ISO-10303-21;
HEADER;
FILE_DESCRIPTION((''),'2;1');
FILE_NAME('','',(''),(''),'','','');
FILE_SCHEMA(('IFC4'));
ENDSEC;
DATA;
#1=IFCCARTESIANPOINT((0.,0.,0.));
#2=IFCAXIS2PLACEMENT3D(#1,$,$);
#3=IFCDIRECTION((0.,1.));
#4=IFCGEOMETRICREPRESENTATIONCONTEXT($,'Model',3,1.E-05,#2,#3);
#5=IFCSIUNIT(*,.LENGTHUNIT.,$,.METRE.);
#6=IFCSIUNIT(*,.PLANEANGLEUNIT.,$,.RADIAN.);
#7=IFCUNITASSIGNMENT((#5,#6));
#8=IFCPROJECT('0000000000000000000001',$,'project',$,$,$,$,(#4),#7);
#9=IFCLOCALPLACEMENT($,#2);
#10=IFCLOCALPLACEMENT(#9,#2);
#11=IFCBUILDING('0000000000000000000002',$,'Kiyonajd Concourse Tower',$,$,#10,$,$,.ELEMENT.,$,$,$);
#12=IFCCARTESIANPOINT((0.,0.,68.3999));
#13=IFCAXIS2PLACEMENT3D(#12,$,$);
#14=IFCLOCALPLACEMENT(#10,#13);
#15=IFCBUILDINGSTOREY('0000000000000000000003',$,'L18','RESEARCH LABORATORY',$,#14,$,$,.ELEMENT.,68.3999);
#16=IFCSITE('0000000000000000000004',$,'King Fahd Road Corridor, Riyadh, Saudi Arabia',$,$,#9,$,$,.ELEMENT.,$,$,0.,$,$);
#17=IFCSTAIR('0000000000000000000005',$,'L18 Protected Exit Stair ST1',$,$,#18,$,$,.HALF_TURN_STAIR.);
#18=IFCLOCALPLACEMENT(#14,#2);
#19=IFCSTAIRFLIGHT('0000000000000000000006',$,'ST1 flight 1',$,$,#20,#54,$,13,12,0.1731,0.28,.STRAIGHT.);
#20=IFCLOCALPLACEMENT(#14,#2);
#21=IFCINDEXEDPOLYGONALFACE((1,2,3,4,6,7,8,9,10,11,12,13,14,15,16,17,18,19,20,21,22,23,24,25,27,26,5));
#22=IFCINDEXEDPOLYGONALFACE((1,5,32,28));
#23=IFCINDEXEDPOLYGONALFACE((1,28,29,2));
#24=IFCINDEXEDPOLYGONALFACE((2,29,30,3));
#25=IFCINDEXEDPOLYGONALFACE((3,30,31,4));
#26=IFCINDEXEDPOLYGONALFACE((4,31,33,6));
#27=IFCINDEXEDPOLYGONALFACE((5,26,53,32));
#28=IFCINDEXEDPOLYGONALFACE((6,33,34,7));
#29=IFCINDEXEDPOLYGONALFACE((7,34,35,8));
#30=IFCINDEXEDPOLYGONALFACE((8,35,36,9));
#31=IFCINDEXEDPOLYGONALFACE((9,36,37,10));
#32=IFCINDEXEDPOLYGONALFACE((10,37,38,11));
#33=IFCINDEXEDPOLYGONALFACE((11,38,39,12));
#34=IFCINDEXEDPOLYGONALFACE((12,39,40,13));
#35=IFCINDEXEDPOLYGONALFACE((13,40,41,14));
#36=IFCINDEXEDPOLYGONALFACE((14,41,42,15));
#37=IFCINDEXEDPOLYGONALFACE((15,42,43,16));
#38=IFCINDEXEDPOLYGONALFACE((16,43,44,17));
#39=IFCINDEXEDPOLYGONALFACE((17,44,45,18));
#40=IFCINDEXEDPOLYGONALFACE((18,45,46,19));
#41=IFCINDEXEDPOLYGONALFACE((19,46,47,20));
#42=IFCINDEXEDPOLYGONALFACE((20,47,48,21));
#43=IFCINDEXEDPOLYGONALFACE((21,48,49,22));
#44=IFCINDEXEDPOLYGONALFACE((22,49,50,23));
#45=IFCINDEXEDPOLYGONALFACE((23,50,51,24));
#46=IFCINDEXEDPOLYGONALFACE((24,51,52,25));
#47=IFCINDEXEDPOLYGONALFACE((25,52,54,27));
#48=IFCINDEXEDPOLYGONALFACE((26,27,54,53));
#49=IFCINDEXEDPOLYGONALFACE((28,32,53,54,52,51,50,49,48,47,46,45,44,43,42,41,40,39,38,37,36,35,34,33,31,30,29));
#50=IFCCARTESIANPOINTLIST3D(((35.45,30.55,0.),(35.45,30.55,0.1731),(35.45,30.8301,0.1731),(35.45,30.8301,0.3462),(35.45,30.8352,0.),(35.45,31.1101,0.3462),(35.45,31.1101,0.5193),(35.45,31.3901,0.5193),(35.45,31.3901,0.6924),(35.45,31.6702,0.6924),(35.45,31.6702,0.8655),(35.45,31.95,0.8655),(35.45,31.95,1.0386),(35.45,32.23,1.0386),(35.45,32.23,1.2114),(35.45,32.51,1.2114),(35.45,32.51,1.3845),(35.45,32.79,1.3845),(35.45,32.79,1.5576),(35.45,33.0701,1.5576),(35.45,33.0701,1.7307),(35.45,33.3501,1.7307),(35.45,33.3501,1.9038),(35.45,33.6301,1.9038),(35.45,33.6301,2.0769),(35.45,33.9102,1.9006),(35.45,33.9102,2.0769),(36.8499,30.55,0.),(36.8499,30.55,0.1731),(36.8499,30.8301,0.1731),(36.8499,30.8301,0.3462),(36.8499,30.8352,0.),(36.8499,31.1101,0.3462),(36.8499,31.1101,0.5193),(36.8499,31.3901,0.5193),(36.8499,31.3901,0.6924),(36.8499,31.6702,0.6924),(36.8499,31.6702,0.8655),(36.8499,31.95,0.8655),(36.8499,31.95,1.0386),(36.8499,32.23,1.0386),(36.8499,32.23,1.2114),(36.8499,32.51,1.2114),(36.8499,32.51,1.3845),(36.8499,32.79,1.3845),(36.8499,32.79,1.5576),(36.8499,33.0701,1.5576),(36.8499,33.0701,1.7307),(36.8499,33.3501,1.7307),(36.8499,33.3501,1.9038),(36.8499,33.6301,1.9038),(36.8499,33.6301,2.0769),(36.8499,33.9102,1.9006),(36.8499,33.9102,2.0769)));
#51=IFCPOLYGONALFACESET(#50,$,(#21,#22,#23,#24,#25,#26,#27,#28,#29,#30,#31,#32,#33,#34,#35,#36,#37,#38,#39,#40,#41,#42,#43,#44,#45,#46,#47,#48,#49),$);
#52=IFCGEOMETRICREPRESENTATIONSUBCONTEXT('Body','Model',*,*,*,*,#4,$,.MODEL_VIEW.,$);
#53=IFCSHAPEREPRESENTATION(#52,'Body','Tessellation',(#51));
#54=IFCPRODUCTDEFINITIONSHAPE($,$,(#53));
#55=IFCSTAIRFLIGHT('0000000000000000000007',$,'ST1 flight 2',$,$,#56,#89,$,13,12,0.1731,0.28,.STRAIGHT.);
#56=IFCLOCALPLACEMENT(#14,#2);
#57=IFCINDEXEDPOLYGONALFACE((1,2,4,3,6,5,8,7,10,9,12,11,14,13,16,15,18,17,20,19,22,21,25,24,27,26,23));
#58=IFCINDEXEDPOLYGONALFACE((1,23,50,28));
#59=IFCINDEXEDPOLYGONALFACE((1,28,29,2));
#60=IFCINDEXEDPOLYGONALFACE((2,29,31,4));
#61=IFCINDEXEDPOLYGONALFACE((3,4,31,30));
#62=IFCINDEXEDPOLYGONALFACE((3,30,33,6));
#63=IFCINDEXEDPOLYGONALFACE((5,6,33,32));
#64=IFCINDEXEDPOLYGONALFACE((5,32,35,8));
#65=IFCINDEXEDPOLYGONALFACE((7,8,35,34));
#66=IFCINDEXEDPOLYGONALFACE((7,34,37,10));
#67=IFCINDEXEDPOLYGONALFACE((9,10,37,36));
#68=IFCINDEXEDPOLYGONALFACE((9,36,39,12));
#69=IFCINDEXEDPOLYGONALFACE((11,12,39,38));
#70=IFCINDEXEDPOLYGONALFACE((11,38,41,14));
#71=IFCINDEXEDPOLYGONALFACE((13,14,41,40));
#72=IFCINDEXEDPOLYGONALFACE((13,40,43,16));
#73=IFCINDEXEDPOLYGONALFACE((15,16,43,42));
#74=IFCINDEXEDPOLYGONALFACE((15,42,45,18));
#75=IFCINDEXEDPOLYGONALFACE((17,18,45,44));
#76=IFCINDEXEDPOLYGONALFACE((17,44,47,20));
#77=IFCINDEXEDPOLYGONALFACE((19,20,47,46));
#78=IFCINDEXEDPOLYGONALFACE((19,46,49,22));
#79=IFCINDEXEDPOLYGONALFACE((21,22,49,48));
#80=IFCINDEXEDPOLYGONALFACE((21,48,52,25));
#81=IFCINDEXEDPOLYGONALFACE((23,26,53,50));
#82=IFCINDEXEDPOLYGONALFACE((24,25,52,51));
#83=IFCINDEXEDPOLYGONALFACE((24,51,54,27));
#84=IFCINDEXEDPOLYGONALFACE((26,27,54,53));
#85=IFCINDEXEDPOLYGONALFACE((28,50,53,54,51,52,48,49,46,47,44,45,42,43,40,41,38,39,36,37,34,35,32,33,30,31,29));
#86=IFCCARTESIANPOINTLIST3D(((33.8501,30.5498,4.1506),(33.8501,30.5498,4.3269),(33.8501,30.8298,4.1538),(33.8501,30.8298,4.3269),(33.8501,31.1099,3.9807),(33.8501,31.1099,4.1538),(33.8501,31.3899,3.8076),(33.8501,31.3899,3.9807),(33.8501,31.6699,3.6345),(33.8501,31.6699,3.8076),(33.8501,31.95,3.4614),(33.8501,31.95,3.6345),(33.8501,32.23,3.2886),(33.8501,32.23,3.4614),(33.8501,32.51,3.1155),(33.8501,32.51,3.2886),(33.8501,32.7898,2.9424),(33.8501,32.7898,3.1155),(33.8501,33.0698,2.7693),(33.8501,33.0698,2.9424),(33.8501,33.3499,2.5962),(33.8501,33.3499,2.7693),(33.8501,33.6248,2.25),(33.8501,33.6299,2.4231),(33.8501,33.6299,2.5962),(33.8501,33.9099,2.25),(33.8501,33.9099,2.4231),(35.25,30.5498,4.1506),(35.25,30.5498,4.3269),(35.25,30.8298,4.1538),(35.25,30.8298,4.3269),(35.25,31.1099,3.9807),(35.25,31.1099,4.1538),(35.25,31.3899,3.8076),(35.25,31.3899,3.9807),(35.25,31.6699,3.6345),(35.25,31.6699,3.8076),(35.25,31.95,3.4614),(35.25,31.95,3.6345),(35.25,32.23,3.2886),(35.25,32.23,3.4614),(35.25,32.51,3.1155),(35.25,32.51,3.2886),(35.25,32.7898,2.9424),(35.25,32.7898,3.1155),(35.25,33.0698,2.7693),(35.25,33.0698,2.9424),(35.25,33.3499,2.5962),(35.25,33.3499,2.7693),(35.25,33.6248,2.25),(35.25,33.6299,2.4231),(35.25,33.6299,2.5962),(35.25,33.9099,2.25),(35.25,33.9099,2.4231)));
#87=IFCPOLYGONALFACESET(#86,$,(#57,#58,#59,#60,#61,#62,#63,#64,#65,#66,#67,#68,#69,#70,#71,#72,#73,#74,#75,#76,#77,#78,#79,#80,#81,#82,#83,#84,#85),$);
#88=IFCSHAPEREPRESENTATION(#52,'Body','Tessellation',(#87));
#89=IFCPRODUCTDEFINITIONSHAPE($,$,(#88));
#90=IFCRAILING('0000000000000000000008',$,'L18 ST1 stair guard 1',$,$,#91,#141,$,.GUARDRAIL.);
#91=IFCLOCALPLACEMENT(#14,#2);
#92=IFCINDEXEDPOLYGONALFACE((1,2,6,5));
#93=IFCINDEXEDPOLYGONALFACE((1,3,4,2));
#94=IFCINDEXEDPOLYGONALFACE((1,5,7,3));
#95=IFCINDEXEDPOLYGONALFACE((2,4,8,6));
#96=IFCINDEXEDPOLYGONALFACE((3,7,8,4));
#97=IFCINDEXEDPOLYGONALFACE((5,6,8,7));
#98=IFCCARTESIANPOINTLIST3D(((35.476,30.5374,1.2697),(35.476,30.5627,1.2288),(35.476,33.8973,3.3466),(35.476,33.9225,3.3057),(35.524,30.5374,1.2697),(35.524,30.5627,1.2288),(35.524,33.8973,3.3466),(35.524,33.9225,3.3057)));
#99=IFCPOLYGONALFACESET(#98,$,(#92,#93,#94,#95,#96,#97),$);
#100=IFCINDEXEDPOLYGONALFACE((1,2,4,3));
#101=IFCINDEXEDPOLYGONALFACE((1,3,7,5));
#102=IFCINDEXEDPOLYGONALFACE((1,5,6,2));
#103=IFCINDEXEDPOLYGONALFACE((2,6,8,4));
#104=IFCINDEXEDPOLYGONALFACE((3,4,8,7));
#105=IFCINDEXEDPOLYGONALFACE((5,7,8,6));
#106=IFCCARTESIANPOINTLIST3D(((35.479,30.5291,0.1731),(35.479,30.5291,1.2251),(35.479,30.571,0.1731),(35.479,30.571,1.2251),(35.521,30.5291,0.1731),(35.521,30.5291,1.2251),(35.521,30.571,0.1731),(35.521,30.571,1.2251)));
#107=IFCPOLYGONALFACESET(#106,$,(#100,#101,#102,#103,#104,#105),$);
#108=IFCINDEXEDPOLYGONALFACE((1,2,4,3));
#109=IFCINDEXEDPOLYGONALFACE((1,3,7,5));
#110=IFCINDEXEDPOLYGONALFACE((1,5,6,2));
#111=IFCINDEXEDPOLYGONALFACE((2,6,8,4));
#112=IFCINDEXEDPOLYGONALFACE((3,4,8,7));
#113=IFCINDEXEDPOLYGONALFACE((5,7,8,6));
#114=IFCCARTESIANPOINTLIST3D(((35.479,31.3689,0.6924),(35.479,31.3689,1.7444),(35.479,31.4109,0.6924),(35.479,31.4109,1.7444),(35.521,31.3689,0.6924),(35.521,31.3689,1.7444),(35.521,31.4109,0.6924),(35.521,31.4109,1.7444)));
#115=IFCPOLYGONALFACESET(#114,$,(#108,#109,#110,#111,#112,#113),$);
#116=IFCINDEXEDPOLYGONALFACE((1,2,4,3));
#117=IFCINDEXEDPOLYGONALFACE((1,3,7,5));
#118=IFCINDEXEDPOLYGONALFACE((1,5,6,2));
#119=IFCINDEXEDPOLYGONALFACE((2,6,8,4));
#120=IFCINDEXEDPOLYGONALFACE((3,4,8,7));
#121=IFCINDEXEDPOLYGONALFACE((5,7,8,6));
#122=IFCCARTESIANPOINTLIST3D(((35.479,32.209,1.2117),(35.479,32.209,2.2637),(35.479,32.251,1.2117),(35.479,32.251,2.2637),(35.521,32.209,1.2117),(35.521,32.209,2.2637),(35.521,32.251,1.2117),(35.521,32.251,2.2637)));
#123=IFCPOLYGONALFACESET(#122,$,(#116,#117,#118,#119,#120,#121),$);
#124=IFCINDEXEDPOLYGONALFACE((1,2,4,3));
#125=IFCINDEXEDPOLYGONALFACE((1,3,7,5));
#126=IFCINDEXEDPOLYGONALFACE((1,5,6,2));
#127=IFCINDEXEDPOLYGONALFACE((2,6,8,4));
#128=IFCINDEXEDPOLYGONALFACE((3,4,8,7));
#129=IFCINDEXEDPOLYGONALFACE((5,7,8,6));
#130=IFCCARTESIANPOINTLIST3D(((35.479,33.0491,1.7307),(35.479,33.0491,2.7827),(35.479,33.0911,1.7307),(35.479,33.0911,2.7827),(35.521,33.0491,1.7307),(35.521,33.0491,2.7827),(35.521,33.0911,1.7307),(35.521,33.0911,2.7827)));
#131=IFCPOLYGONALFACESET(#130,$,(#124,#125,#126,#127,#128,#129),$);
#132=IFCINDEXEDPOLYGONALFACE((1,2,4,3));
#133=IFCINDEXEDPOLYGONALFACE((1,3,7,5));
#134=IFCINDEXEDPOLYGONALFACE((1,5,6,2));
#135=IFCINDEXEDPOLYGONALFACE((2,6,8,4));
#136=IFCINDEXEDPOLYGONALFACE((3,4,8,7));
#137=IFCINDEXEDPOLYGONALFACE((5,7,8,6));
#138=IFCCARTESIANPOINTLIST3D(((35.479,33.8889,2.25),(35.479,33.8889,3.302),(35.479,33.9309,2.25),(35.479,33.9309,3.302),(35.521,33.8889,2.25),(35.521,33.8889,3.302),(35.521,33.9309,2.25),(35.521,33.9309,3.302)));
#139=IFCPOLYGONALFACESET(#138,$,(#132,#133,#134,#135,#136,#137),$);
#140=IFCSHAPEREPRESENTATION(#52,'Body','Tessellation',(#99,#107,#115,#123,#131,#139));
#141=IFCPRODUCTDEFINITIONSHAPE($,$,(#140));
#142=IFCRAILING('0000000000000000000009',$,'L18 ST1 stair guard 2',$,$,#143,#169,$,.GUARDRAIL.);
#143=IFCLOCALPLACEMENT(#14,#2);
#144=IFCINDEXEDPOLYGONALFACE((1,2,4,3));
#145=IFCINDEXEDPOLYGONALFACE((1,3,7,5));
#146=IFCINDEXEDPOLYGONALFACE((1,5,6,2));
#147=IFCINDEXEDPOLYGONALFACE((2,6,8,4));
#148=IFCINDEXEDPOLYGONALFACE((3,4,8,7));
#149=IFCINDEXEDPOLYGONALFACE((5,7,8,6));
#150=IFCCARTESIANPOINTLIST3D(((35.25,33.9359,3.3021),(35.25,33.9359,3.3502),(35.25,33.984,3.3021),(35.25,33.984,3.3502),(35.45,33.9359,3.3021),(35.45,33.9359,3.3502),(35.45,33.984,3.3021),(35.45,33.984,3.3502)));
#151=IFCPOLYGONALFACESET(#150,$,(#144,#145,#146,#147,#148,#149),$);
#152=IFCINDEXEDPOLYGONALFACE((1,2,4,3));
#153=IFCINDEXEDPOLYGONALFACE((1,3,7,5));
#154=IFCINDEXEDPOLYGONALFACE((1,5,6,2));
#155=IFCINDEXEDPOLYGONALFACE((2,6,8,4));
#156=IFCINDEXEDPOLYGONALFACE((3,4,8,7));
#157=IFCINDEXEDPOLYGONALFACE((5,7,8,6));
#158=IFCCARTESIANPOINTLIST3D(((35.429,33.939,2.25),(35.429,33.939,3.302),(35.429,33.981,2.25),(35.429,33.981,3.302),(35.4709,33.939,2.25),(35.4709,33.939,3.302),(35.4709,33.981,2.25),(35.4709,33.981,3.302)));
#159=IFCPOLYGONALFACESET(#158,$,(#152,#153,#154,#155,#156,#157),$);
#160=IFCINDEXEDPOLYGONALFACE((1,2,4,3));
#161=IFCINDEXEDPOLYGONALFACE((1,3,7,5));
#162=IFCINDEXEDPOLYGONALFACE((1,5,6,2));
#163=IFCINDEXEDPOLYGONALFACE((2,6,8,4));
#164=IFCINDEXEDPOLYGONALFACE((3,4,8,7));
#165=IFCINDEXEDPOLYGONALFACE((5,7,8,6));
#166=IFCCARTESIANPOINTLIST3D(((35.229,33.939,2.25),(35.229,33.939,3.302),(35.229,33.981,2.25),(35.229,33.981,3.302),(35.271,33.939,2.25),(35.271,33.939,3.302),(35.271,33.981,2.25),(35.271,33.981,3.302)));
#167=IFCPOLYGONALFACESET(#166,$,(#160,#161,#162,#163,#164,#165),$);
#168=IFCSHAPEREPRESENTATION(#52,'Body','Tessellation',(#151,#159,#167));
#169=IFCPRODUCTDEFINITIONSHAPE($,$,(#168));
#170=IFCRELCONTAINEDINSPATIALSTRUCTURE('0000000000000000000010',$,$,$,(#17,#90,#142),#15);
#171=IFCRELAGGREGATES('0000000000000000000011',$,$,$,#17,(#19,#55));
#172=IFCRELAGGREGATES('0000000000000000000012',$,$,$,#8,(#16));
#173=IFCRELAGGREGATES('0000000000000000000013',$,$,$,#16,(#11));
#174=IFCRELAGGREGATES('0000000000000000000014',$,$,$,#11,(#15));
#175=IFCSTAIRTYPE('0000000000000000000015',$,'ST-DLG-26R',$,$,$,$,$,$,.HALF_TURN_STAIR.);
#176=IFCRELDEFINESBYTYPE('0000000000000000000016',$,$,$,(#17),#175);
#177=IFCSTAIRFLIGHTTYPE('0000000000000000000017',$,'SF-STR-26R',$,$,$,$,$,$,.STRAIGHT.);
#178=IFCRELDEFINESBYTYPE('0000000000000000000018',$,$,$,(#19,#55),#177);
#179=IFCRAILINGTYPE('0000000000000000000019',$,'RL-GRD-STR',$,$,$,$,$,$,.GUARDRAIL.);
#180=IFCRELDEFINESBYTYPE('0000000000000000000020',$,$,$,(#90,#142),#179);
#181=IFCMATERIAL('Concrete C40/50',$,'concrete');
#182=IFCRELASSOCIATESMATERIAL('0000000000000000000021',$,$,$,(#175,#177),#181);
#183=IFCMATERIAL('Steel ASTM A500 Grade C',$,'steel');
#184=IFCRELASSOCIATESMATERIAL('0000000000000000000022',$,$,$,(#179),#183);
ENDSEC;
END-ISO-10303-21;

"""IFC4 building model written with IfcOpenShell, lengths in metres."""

from ifc_helpers import new_model, si_unit, direction, frame, origin, origin_2d, place, context, subcontext, project, spatial, polyline, rectangle, outline, extrude, material, type_object, element, aggregate, save


model = new_model("IFC4")

# Units and contexts
model_context = context("Model", 3, precision=1e-05, world=origin(), true_north=direction((0.0, 1.0)))
body_context = subcontext(model_context, "Body", "Model", "MODEL_VIEW")
ifc_project = project(units=[si_unit("LENGTHUNIT", "METRE"), si_unit("PLANEANGLEUNIT", "RADIAN")], contexts=[model_context])

# Site, building, storey
site_placement = place(None, origin())
site = spatial("IfcSite", under=ifc_project, at=site_placement, Name="King Fahd Road Corridor, Riyadh, Saudi Arabia", CompositionType="ELEMENT", RefElevation=0.0)
building_placement = place(site_placement, origin())
building = spatial("IfcBuilding", under=site, at=building_placement, Name="Kiyonajd Concourse Tower", CompositionType="ELEMENT")
storey_placement = place(building_placement, frame((0.0, 0.0, 68.3999)))
storey = spatial("IfcBuildingStorey", under=building, at=storey_placement, Name="L18", Description="RESEARCH LABORATORY", CompositionType="ELEMENT", Elevation=68.3999)

# Stair, stair flights
ifc_material_1 = material(Name="Concrete C40/50", Category="concrete")
stair_type = type_object("IfcStairType", Name="ST-DLG-26R", PredefinedType="HALF_TURN_STAIR", material=ifc_material_1)
stair_placement = place(storey_placement, origin())
stair = element("IfcStair", 1, at=stair_placement, inside=storey, type_object=stair_type, Name="L18 Protected Exit Stair ST1", PredefinedType="HALF_TURN_STAIR")
stair_flight_type = type_object("IfcStairFlightType", Name="SF-STR-26R", PredefinedType="STRAIGHT", material=ifc_material_1)
stair_flight_1_placement = place(storey_placement, frame((36.1499, 30.55, 0.0), z_axis=(0.0, 0.0, 1.0), x_axis=(0.0, 1.0, 0.0)))
stair_flight_1 = element("IfcStairFlight", 2, at=stair_flight_1_placement, type_object=stair_flight_type, Name="ST1 flight 1", NumberOfRisers=13, NumberOfTreads=12, PredefinedType="STRAIGHT", RiserHeight=0.1731, TreadLength=0.28, context=body_context, shape_type="SweptSolid", body=[
    extrude(outline(polyline([(0.0, 0.0), (0.0, 0.1731), (0.28, 0.1731), (0.28, 0.3462), (0.5601, 0.3462), (0.5601, 0.5193), (0.8401, 0.5193), (0.8401, 0.6924), (1.1201, 0.6924), (1.1201, 0.8655), (1.3999, 0.8655), (1.3999, 1.0386), (1.6799, 1.0386), (1.6799, 1.2114), (1.96, 1.2114), (1.96, 1.3845), (2.24, 1.3845), (2.24, 1.5576), (2.52, 1.5576), (2.52, 1.7307), (2.8, 1.7307), (2.8, 1.9038), (3.0801, 1.9038), (3.0801, 2.0769), (3.3601, 2.0769), (3.3601, 2.25), (3.3601, 1.9006), (0.2852, 0.0), (0.0, 0.0)])), frame((0.0, 0.7, 0.0), z_axis=(0.0, -1.0, 0.0), x_axis=(1.0, 0.0, 0.0)), (0.0, 0.0, 1.0), 1.3999),
])
stair_flight_2_placement = place(storey_placement, frame((34.55, 33.9099, 2.25), z_axis=(0.0, 0.0, 1.0), x_axis=(0.0, -1.0, 0.0)))
stair_flight_2 = element("IfcStairFlight", 3, at=stair_flight_2_placement, type_object=stair_flight_type, Name="ST1 flight 2", NumberOfRisers=13, NumberOfTreads=12, PredefinedType="STRAIGHT", RiserHeight=0.1731, TreadLength=0.28, context=body_context, shape_type="SweptSolid", body=[
    extrude(outline(polyline([(0.0, 0.0), (0.0, 0.1731), (0.28, 0.1731), (0.28, 0.3462), (0.5601, 0.3462), (0.5601, 0.5193), (0.8401, 0.5193), (0.8401, 0.6924), (1.1201, 0.6924), (1.1201, 0.8655), (1.3999, 0.8655), (1.3999, 1.0386), (1.6799, 1.0386), (1.6799, 1.2114), (1.96, 1.2114), (1.96, 1.3845), (2.24, 1.3845), (2.24, 1.5576), (2.52, 1.5576), (2.52, 1.7307), (2.8, 1.7307), (2.8, 1.9038), (3.0801, 1.9038), (3.0801, 2.0769), (3.3601, 2.0769), (3.3601, 2.25), (3.3601, 1.9006), (0.2852, 0.0), (0.0, 0.0)])), frame((0.0, 0.7, 0.0), z_axis=(0.0, -1.0, 0.0), x_axis=(1.0, 0.0, 0.0)), (0.0, 0.0, 1.0), 1.3999),
])
aggregate(stair, [stair_flight_1, stair_flight_2])

# Railings
ifc_material_2 = material(Name="Steel ASTM A500 Grade C", Category="steel")
railing_type_1 = type_object("IfcRailingType", Name="RL-GRD-STR", PredefinedType="GUARDRAIL", material=ifc_material_2)
railing_1_placement = place(storey_placement, frame((35.5, 30.55, 0.1731)))
element("IfcRailing", 4, at=railing_1_placement, inside=storey, type_object=railing_type_1, Name="L18 ST1 stair guard 1", PredefinedType="GUARDRAIL", context=body_context, shape_type="SweptSolid", body=[
    extrude(rectangle(XDim=0.0481, YDim=0.0481, at=origin_2d()), frame((0.0, 0.0, 1.0762), z_axis=(0.0, 0.850606, 0.525803), x_axis=(-1.0, 0.0, 0.0)), (0.0, 0.0, 1.0), 3.95),
    extrude(rectangle(XDim=0.042, YDim=0.042, at=origin_2d()), origin(), (0.0, 0.0, 1.0), 1.052),
    extrude(rectangle(XDim=0.042, YDim=0.042, at=origin_2d()), frame((0.0, 0.8398, 0.5193)), (0.0, 0.0, 1.0), 1.052),
    extrude(rectangle(XDim=0.042, YDim=0.042, at=origin_2d()), frame((0.0, 1.6799, 1.0386)), (0.0, 0.0, 1.0), 1.052),
    extrude(rectangle(XDim=0.042, YDim=0.042, at=origin_2d()), frame((0.0, 2.52, 1.5576)), (0.0, 0.0, 1.0), 1.052),
    extrude(rectangle(XDim=0.042, YDim=0.042, at=origin_2d()), frame((0.0, 3.3599, 2.0769)), (0.0, 0.0, 1.0), 1.052),
])
railing_2_placement = place(storey_placement, frame((35.45, 33.96, 2.25)))
element("IfcRailing", 5, at=railing_2_placement, inside=storey, type_object=railing_type_1, Name="L18 ST1 stair guard 2", PredefinedType="GUARDRAIL", context=body_context, shape_type="SweptSolid", body=[
    extrude(rectangle(XDim=0.0481, YDim=0.0481, at=origin_2d()), frame((0.0, 0.0, 1.0762), z_axis=(-1.0, 0.0, 0.0), x_axis=(0.0, -1.0, 0.0)), (0.0, 0.0, 1.0), 0.2),
    extrude(rectangle(XDim=0.042, YDim=0.042, at=origin_2d()), origin(), (0.0, 0.0, 1.0), 1.052),
    extrude(rectangle(XDim=0.042, YDim=0.042, at=origin_2d()), frame((-0.2, 0.0, 0.0)), (0.0, 0.0, 1.0), 1.052),
])

save(model, "model.ifc")
